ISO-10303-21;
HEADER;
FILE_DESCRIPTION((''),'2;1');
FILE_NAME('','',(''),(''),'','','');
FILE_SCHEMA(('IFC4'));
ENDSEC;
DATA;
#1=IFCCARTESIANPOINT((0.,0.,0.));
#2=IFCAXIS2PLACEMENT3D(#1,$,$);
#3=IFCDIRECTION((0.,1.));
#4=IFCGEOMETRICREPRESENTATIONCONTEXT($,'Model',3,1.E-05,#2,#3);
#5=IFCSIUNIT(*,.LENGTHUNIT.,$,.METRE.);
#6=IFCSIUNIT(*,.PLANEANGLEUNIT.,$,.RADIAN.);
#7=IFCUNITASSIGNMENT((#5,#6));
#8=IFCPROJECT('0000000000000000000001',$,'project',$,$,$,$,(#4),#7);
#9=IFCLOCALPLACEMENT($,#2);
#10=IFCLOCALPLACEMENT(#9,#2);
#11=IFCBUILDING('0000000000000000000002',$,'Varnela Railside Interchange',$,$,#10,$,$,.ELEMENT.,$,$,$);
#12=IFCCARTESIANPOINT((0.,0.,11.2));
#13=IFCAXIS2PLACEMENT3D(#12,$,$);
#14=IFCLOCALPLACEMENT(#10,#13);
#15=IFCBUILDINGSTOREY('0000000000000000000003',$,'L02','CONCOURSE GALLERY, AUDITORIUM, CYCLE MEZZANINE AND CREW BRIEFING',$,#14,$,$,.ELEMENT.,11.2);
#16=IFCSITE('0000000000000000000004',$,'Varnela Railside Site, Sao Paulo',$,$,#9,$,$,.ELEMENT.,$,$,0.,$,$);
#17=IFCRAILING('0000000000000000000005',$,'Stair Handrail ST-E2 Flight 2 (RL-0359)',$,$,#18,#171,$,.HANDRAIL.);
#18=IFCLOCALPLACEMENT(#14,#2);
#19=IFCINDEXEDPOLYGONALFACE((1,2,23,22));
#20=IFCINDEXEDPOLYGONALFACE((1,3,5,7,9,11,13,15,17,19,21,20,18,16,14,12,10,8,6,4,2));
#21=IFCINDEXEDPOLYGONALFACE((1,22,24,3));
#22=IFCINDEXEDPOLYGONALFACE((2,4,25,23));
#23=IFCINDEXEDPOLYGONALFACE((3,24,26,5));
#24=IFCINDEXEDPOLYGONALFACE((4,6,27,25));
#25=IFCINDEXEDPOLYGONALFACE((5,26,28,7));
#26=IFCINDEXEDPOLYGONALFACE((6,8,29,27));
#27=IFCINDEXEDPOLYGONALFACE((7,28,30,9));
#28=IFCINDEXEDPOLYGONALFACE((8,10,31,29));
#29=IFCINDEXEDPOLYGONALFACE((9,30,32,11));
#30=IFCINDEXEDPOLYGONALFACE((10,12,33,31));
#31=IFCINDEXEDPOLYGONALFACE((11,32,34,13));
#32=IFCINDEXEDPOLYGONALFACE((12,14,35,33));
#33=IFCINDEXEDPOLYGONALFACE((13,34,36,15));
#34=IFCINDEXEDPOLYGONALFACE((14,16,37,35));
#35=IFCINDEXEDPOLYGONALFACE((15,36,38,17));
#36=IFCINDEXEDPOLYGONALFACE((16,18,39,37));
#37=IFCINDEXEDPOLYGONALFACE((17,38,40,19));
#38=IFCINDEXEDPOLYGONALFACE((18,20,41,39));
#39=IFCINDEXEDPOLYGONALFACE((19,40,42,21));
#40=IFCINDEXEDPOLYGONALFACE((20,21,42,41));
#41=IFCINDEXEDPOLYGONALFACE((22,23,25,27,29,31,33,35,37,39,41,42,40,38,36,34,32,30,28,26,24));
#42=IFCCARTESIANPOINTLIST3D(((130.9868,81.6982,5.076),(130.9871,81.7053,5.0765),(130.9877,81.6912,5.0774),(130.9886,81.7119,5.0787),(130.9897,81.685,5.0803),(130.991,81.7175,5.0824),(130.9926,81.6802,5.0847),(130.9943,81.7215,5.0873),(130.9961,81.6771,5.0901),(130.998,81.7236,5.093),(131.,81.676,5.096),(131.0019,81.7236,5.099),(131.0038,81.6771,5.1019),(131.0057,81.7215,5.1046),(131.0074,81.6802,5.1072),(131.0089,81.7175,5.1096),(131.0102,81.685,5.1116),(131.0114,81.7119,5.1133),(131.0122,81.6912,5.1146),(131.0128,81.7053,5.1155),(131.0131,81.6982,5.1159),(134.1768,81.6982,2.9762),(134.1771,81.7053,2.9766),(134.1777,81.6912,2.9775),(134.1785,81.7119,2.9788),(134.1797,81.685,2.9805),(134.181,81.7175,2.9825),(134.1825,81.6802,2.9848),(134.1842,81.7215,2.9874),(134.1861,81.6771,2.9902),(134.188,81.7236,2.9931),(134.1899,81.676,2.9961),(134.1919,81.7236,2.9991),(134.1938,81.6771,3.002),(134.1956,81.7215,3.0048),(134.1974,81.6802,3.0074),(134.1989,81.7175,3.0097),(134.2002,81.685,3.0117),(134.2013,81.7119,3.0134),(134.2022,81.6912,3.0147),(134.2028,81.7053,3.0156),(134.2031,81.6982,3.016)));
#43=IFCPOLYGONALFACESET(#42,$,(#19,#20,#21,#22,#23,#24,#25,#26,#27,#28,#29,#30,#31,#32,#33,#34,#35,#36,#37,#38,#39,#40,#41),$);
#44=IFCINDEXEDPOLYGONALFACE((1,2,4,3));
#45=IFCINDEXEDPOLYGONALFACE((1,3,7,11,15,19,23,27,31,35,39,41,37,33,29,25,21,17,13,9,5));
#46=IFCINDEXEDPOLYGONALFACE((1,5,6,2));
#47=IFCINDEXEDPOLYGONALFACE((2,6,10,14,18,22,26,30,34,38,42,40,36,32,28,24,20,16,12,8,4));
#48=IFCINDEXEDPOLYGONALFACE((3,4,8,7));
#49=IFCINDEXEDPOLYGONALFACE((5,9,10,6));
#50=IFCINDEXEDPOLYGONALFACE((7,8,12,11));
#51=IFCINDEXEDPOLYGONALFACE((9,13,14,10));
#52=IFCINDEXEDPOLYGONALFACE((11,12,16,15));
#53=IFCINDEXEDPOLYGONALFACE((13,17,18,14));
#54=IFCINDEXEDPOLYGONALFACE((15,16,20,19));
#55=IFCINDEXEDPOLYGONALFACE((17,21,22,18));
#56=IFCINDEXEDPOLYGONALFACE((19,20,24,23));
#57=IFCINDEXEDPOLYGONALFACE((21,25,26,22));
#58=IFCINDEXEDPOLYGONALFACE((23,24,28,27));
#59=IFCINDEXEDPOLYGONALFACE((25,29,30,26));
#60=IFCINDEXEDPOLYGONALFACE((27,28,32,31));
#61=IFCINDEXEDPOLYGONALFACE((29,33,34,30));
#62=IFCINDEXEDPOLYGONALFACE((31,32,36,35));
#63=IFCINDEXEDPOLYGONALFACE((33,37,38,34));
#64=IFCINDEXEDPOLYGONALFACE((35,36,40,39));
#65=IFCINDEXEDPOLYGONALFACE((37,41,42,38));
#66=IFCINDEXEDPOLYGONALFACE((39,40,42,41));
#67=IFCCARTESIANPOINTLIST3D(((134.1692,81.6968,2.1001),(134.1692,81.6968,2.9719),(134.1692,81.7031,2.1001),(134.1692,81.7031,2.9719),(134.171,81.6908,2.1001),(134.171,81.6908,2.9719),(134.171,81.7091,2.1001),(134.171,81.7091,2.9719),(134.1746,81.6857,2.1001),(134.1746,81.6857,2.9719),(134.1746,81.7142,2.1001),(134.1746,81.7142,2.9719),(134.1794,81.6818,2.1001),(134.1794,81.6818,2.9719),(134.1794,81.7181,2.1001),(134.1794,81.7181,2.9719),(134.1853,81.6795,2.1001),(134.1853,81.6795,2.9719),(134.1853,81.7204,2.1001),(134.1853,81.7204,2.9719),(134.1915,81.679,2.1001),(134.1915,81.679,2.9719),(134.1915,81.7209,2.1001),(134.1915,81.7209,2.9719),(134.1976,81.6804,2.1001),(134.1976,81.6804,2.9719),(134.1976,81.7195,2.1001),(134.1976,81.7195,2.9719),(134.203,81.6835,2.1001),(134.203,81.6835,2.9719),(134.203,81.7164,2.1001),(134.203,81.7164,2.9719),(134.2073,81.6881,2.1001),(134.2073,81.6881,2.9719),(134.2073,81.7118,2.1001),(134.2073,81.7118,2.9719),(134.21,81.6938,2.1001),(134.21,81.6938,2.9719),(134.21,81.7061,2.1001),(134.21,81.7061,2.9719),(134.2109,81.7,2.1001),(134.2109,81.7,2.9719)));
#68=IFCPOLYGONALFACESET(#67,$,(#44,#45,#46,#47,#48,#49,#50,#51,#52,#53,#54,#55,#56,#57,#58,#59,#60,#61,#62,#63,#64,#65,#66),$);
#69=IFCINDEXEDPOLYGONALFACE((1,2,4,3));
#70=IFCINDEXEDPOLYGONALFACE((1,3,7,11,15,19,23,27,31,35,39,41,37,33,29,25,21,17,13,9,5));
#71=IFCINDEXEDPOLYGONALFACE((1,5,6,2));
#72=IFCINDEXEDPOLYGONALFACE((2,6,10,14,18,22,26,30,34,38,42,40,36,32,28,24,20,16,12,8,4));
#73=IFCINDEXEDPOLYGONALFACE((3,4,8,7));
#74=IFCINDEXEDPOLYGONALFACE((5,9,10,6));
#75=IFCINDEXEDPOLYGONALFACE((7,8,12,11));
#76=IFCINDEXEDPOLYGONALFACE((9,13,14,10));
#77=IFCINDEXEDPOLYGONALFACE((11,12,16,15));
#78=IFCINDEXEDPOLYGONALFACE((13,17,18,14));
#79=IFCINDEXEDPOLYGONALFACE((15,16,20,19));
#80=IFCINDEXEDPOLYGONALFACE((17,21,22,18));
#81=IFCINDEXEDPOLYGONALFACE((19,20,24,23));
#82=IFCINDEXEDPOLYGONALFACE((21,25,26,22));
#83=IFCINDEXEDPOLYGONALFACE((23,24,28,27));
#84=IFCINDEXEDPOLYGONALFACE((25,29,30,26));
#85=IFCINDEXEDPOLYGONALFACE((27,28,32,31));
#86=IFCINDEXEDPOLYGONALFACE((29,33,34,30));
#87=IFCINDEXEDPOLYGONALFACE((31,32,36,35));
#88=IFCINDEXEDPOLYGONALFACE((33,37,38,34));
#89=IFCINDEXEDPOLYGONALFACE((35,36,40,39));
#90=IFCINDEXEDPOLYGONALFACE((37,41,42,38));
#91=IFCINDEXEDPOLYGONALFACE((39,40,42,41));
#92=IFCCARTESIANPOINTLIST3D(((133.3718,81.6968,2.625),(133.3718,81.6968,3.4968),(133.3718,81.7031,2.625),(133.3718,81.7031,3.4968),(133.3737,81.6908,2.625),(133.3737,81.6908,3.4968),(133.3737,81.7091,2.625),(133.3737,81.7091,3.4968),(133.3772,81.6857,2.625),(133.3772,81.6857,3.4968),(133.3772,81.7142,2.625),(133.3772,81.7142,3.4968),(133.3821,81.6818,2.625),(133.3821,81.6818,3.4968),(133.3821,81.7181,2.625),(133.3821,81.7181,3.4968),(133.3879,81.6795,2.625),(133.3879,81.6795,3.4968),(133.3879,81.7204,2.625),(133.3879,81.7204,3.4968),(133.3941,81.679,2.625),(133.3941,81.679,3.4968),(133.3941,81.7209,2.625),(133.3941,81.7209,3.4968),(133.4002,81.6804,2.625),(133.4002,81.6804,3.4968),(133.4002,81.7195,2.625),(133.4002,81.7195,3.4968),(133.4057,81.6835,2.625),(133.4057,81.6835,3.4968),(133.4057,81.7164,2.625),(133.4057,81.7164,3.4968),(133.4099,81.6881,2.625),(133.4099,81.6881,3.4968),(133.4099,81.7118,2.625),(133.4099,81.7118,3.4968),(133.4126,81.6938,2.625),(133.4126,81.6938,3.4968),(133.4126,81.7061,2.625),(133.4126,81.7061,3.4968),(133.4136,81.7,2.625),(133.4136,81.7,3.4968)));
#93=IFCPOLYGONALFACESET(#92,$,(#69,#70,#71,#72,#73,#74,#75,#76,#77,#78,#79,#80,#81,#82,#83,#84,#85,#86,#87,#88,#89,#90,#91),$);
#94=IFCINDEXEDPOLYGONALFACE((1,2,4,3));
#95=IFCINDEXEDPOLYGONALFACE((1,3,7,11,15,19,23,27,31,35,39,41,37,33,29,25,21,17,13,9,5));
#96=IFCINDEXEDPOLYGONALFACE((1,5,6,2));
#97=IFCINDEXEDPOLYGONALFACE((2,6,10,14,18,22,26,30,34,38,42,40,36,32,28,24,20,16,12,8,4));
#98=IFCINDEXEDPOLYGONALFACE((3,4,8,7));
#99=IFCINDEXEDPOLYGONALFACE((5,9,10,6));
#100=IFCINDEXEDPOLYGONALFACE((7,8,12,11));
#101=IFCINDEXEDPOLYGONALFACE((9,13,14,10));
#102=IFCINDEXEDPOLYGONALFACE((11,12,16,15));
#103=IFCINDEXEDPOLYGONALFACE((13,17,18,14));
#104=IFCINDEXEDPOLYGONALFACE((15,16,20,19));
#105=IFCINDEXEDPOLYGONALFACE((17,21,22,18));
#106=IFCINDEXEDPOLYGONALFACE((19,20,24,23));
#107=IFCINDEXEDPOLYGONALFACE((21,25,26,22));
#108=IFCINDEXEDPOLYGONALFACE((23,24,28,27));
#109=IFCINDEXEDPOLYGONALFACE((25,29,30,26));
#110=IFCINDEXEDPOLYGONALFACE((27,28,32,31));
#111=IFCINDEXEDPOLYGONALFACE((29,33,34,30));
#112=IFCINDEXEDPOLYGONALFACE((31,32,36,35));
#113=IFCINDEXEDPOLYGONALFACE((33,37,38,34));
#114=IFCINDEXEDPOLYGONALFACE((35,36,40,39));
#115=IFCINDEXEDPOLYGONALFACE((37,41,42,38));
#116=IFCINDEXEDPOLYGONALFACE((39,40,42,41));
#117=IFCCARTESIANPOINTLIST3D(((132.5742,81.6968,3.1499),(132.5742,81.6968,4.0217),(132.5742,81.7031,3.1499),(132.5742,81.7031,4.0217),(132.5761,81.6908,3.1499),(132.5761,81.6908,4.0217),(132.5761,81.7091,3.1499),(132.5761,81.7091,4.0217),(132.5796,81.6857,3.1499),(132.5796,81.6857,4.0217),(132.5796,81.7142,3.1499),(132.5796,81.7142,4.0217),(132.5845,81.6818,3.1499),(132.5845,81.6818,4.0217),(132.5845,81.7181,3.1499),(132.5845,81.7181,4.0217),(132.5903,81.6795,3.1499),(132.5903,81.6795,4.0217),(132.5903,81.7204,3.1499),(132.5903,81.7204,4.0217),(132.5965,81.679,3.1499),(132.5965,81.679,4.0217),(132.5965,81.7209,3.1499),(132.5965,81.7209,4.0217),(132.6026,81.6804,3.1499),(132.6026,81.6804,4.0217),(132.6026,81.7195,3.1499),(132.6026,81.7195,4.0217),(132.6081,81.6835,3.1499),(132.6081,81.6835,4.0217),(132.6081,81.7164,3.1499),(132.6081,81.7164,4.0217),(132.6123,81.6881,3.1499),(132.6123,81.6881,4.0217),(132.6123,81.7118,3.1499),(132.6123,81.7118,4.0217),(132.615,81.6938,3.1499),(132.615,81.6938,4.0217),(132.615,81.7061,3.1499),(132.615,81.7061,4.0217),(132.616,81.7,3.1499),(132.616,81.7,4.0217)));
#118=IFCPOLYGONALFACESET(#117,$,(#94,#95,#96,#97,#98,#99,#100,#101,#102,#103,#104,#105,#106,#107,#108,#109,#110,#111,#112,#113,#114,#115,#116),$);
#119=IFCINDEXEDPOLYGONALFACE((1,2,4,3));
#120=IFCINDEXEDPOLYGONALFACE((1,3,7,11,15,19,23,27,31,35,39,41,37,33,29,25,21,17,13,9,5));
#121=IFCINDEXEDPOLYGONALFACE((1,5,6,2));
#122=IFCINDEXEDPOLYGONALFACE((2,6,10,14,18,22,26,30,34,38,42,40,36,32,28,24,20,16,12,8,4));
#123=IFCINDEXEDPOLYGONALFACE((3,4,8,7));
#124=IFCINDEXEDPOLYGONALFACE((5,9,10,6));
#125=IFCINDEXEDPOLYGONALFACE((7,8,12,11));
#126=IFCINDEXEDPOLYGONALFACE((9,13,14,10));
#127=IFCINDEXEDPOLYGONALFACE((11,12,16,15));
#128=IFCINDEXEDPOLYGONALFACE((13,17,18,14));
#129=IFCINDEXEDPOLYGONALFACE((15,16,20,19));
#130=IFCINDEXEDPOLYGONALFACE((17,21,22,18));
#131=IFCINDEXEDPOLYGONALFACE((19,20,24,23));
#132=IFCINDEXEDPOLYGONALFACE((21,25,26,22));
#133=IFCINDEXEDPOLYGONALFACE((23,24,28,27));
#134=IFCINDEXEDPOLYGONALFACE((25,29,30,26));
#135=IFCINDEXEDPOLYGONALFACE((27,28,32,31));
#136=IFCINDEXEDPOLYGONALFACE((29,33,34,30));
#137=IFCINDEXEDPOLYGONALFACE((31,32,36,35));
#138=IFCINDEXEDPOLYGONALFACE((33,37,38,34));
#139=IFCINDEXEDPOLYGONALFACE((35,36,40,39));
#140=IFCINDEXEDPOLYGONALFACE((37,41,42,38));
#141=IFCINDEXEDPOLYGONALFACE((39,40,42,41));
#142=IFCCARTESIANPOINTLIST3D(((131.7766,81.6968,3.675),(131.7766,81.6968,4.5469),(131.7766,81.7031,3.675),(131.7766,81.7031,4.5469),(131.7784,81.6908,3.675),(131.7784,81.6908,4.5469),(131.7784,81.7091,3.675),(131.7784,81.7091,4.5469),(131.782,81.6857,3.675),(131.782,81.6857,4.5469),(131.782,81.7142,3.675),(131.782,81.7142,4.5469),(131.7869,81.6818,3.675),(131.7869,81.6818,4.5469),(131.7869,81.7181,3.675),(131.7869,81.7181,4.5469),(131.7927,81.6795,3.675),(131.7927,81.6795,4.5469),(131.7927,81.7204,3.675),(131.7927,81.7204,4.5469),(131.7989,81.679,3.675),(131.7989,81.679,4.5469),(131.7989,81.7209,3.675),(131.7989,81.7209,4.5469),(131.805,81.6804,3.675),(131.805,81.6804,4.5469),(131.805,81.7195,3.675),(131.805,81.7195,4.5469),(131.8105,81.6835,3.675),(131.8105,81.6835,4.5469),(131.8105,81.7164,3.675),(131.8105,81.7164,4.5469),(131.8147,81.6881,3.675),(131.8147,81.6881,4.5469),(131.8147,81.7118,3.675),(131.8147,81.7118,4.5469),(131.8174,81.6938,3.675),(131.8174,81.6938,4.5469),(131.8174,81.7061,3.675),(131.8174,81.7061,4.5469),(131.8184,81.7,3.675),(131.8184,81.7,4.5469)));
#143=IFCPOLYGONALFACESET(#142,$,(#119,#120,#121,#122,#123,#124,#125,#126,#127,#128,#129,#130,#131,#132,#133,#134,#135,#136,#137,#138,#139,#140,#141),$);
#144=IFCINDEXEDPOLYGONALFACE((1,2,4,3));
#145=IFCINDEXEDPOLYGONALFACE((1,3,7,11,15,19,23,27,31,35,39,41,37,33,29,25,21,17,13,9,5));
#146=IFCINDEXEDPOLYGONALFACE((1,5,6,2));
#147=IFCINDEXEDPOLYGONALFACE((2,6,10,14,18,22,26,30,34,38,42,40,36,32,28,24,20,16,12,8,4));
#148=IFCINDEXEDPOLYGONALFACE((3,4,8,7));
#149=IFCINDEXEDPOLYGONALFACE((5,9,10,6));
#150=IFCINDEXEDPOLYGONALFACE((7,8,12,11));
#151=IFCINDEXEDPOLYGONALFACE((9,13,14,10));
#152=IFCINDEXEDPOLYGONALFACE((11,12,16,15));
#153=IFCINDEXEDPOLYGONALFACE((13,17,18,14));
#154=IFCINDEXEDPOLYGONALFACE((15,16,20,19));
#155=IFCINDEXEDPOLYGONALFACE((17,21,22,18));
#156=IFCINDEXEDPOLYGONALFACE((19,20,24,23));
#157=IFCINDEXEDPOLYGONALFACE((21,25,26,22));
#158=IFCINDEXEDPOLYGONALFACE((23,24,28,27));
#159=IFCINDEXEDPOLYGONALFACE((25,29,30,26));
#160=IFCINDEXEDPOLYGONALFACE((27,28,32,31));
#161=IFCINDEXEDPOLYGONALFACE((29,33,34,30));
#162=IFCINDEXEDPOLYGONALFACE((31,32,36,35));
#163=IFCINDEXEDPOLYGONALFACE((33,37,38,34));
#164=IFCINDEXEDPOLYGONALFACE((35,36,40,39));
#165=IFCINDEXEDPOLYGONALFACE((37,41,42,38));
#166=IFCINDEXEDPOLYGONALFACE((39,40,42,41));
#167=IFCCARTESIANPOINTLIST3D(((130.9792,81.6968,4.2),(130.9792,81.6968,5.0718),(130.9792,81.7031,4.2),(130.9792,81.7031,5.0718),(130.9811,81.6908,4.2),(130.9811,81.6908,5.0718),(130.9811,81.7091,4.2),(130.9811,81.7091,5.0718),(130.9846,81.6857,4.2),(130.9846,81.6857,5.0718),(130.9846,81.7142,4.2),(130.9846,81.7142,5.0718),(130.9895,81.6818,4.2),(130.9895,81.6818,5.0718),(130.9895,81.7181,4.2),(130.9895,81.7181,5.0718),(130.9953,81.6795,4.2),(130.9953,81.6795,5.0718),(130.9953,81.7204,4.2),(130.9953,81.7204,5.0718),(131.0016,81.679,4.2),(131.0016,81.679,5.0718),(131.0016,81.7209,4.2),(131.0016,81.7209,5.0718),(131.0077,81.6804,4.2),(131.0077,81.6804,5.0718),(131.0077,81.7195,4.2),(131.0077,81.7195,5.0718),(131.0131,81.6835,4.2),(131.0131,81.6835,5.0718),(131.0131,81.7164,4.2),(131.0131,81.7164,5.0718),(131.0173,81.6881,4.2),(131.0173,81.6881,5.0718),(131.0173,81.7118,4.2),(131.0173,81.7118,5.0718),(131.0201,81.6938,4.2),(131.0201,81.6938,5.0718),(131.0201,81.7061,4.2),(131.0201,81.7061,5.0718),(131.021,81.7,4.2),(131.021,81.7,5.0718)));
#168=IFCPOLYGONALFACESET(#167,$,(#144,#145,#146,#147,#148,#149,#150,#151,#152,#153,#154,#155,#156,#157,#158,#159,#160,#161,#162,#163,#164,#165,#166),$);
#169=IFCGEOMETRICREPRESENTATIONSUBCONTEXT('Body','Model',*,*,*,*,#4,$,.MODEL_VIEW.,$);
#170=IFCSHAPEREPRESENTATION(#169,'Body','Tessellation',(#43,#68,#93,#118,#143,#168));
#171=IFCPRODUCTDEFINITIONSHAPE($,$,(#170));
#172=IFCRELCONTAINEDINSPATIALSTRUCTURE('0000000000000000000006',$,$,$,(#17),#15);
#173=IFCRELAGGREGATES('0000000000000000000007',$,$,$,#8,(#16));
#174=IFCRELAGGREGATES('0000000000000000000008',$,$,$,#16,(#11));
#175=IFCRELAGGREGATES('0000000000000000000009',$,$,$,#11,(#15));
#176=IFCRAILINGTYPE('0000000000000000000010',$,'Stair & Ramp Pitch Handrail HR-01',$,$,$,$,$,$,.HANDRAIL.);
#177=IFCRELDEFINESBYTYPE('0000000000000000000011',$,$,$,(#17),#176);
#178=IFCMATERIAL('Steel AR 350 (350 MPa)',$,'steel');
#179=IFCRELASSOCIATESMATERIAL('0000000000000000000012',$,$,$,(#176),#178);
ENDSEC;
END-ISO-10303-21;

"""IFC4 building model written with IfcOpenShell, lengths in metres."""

from ifc_helpers import new_model, si_unit, direction, frame, origin, origin_2d, place, context, subcontext, project, spatial, circle, extrude, material, type_object, element, save


model = new_model("IFC4")

# Units and contexts
model_context = context("Model", 3, precision=1e-05, world=origin(), true_north=direction((0.0, 1.0)))
body_context = subcontext(model_context, "Body", "Model", "MODEL_VIEW")
ifc_project = project(units=[si_unit("LENGTHUNIT", "METRE"), si_unit("PLANEANGLEUNIT", "RADIAN")], contexts=[model_context])

# Site, building, storey
site_placement = place(None, origin())
site = spatial("IfcSite", under=ifc_project, at=site_placement, Name="Varnela Railside Site, Sao Paulo", CompositionType="ELEMENT", RefElevation=0.0)
building_placement = place(site_placement, origin())
building = spatial("IfcBuilding", under=site, at=building_placement, Name="Varnela Railside Interchange", CompositionType="ELEMENT")
storey_placement = place(building_placement, frame((0.0, 0.0, 11.2)))
storey = spatial("IfcBuildingStorey", under=building, at=storey_placement, Name="L02", Description="CONCOURSE GALLERY, AUDITORIUM, CYCLE MEZZANINE AND CREW BRIEFING", CompositionType="ELEMENT", Elevation=11.2)

# Shared definitions
ifc_material_1 = material(Name="Steel AR 350 (350 MPa)", Category="steel")

# Railing
railing_type_1 = type_object("IfcRailingType", Name="Stair & Ramp Pitch Handrail HR-01", PredefinedType="HANDRAIL", material=ifc_material_1)
railing_1_placement = place(storey_placement, frame((134.1899, 81.7, 2.1001)))
element("IfcRailing", 1, at=railing_1_placement, inside=storey, type_object=railing_type_1, Name="Stair Handrail ST-E2 Flight 2 (RL-0359)", PredefinedType="HANDRAIL", context=body_context, shape_type="SweptSolid", body=[
    extrude(circle(Radius=0.0239, at=origin_2d()), frame((0.0, 0.0, 0.896), z_axis=(-0.835272, 0.0, 0.549837), x_axis=(0.0, -1.0, 0.0)), (0.0, 0.0, 1.0), 3.8191),
    extrude(circle(Radius=0.021, at=origin_2d()), origin(), (0.0, 0.0, 1.0), 0.8718),
    extrude(circle(Radius=0.021, at=origin_2d()), frame((-0.7974, 0.0, 0.5249)), (0.0, 0.0, 1.0), 0.8718),
    extrude(circle(Radius=0.021, at=origin_2d()), frame((-1.595, 0.0, 1.0498)), (0.0, 0.0, 1.0), 0.8718),
    extrude(circle(Radius=0.021, at=origin_2d()), frame((-2.3926, 0.0, 1.575)), (0.0, 0.0, 1.0), 0.8718),
    extrude(circle(Radius=0.021, at=origin_2d()), frame((-3.1899, 0.0, 2.0999)), (0.0, 0.0, 1.0), 0.8718),
])

save(model, "model.ifc")
